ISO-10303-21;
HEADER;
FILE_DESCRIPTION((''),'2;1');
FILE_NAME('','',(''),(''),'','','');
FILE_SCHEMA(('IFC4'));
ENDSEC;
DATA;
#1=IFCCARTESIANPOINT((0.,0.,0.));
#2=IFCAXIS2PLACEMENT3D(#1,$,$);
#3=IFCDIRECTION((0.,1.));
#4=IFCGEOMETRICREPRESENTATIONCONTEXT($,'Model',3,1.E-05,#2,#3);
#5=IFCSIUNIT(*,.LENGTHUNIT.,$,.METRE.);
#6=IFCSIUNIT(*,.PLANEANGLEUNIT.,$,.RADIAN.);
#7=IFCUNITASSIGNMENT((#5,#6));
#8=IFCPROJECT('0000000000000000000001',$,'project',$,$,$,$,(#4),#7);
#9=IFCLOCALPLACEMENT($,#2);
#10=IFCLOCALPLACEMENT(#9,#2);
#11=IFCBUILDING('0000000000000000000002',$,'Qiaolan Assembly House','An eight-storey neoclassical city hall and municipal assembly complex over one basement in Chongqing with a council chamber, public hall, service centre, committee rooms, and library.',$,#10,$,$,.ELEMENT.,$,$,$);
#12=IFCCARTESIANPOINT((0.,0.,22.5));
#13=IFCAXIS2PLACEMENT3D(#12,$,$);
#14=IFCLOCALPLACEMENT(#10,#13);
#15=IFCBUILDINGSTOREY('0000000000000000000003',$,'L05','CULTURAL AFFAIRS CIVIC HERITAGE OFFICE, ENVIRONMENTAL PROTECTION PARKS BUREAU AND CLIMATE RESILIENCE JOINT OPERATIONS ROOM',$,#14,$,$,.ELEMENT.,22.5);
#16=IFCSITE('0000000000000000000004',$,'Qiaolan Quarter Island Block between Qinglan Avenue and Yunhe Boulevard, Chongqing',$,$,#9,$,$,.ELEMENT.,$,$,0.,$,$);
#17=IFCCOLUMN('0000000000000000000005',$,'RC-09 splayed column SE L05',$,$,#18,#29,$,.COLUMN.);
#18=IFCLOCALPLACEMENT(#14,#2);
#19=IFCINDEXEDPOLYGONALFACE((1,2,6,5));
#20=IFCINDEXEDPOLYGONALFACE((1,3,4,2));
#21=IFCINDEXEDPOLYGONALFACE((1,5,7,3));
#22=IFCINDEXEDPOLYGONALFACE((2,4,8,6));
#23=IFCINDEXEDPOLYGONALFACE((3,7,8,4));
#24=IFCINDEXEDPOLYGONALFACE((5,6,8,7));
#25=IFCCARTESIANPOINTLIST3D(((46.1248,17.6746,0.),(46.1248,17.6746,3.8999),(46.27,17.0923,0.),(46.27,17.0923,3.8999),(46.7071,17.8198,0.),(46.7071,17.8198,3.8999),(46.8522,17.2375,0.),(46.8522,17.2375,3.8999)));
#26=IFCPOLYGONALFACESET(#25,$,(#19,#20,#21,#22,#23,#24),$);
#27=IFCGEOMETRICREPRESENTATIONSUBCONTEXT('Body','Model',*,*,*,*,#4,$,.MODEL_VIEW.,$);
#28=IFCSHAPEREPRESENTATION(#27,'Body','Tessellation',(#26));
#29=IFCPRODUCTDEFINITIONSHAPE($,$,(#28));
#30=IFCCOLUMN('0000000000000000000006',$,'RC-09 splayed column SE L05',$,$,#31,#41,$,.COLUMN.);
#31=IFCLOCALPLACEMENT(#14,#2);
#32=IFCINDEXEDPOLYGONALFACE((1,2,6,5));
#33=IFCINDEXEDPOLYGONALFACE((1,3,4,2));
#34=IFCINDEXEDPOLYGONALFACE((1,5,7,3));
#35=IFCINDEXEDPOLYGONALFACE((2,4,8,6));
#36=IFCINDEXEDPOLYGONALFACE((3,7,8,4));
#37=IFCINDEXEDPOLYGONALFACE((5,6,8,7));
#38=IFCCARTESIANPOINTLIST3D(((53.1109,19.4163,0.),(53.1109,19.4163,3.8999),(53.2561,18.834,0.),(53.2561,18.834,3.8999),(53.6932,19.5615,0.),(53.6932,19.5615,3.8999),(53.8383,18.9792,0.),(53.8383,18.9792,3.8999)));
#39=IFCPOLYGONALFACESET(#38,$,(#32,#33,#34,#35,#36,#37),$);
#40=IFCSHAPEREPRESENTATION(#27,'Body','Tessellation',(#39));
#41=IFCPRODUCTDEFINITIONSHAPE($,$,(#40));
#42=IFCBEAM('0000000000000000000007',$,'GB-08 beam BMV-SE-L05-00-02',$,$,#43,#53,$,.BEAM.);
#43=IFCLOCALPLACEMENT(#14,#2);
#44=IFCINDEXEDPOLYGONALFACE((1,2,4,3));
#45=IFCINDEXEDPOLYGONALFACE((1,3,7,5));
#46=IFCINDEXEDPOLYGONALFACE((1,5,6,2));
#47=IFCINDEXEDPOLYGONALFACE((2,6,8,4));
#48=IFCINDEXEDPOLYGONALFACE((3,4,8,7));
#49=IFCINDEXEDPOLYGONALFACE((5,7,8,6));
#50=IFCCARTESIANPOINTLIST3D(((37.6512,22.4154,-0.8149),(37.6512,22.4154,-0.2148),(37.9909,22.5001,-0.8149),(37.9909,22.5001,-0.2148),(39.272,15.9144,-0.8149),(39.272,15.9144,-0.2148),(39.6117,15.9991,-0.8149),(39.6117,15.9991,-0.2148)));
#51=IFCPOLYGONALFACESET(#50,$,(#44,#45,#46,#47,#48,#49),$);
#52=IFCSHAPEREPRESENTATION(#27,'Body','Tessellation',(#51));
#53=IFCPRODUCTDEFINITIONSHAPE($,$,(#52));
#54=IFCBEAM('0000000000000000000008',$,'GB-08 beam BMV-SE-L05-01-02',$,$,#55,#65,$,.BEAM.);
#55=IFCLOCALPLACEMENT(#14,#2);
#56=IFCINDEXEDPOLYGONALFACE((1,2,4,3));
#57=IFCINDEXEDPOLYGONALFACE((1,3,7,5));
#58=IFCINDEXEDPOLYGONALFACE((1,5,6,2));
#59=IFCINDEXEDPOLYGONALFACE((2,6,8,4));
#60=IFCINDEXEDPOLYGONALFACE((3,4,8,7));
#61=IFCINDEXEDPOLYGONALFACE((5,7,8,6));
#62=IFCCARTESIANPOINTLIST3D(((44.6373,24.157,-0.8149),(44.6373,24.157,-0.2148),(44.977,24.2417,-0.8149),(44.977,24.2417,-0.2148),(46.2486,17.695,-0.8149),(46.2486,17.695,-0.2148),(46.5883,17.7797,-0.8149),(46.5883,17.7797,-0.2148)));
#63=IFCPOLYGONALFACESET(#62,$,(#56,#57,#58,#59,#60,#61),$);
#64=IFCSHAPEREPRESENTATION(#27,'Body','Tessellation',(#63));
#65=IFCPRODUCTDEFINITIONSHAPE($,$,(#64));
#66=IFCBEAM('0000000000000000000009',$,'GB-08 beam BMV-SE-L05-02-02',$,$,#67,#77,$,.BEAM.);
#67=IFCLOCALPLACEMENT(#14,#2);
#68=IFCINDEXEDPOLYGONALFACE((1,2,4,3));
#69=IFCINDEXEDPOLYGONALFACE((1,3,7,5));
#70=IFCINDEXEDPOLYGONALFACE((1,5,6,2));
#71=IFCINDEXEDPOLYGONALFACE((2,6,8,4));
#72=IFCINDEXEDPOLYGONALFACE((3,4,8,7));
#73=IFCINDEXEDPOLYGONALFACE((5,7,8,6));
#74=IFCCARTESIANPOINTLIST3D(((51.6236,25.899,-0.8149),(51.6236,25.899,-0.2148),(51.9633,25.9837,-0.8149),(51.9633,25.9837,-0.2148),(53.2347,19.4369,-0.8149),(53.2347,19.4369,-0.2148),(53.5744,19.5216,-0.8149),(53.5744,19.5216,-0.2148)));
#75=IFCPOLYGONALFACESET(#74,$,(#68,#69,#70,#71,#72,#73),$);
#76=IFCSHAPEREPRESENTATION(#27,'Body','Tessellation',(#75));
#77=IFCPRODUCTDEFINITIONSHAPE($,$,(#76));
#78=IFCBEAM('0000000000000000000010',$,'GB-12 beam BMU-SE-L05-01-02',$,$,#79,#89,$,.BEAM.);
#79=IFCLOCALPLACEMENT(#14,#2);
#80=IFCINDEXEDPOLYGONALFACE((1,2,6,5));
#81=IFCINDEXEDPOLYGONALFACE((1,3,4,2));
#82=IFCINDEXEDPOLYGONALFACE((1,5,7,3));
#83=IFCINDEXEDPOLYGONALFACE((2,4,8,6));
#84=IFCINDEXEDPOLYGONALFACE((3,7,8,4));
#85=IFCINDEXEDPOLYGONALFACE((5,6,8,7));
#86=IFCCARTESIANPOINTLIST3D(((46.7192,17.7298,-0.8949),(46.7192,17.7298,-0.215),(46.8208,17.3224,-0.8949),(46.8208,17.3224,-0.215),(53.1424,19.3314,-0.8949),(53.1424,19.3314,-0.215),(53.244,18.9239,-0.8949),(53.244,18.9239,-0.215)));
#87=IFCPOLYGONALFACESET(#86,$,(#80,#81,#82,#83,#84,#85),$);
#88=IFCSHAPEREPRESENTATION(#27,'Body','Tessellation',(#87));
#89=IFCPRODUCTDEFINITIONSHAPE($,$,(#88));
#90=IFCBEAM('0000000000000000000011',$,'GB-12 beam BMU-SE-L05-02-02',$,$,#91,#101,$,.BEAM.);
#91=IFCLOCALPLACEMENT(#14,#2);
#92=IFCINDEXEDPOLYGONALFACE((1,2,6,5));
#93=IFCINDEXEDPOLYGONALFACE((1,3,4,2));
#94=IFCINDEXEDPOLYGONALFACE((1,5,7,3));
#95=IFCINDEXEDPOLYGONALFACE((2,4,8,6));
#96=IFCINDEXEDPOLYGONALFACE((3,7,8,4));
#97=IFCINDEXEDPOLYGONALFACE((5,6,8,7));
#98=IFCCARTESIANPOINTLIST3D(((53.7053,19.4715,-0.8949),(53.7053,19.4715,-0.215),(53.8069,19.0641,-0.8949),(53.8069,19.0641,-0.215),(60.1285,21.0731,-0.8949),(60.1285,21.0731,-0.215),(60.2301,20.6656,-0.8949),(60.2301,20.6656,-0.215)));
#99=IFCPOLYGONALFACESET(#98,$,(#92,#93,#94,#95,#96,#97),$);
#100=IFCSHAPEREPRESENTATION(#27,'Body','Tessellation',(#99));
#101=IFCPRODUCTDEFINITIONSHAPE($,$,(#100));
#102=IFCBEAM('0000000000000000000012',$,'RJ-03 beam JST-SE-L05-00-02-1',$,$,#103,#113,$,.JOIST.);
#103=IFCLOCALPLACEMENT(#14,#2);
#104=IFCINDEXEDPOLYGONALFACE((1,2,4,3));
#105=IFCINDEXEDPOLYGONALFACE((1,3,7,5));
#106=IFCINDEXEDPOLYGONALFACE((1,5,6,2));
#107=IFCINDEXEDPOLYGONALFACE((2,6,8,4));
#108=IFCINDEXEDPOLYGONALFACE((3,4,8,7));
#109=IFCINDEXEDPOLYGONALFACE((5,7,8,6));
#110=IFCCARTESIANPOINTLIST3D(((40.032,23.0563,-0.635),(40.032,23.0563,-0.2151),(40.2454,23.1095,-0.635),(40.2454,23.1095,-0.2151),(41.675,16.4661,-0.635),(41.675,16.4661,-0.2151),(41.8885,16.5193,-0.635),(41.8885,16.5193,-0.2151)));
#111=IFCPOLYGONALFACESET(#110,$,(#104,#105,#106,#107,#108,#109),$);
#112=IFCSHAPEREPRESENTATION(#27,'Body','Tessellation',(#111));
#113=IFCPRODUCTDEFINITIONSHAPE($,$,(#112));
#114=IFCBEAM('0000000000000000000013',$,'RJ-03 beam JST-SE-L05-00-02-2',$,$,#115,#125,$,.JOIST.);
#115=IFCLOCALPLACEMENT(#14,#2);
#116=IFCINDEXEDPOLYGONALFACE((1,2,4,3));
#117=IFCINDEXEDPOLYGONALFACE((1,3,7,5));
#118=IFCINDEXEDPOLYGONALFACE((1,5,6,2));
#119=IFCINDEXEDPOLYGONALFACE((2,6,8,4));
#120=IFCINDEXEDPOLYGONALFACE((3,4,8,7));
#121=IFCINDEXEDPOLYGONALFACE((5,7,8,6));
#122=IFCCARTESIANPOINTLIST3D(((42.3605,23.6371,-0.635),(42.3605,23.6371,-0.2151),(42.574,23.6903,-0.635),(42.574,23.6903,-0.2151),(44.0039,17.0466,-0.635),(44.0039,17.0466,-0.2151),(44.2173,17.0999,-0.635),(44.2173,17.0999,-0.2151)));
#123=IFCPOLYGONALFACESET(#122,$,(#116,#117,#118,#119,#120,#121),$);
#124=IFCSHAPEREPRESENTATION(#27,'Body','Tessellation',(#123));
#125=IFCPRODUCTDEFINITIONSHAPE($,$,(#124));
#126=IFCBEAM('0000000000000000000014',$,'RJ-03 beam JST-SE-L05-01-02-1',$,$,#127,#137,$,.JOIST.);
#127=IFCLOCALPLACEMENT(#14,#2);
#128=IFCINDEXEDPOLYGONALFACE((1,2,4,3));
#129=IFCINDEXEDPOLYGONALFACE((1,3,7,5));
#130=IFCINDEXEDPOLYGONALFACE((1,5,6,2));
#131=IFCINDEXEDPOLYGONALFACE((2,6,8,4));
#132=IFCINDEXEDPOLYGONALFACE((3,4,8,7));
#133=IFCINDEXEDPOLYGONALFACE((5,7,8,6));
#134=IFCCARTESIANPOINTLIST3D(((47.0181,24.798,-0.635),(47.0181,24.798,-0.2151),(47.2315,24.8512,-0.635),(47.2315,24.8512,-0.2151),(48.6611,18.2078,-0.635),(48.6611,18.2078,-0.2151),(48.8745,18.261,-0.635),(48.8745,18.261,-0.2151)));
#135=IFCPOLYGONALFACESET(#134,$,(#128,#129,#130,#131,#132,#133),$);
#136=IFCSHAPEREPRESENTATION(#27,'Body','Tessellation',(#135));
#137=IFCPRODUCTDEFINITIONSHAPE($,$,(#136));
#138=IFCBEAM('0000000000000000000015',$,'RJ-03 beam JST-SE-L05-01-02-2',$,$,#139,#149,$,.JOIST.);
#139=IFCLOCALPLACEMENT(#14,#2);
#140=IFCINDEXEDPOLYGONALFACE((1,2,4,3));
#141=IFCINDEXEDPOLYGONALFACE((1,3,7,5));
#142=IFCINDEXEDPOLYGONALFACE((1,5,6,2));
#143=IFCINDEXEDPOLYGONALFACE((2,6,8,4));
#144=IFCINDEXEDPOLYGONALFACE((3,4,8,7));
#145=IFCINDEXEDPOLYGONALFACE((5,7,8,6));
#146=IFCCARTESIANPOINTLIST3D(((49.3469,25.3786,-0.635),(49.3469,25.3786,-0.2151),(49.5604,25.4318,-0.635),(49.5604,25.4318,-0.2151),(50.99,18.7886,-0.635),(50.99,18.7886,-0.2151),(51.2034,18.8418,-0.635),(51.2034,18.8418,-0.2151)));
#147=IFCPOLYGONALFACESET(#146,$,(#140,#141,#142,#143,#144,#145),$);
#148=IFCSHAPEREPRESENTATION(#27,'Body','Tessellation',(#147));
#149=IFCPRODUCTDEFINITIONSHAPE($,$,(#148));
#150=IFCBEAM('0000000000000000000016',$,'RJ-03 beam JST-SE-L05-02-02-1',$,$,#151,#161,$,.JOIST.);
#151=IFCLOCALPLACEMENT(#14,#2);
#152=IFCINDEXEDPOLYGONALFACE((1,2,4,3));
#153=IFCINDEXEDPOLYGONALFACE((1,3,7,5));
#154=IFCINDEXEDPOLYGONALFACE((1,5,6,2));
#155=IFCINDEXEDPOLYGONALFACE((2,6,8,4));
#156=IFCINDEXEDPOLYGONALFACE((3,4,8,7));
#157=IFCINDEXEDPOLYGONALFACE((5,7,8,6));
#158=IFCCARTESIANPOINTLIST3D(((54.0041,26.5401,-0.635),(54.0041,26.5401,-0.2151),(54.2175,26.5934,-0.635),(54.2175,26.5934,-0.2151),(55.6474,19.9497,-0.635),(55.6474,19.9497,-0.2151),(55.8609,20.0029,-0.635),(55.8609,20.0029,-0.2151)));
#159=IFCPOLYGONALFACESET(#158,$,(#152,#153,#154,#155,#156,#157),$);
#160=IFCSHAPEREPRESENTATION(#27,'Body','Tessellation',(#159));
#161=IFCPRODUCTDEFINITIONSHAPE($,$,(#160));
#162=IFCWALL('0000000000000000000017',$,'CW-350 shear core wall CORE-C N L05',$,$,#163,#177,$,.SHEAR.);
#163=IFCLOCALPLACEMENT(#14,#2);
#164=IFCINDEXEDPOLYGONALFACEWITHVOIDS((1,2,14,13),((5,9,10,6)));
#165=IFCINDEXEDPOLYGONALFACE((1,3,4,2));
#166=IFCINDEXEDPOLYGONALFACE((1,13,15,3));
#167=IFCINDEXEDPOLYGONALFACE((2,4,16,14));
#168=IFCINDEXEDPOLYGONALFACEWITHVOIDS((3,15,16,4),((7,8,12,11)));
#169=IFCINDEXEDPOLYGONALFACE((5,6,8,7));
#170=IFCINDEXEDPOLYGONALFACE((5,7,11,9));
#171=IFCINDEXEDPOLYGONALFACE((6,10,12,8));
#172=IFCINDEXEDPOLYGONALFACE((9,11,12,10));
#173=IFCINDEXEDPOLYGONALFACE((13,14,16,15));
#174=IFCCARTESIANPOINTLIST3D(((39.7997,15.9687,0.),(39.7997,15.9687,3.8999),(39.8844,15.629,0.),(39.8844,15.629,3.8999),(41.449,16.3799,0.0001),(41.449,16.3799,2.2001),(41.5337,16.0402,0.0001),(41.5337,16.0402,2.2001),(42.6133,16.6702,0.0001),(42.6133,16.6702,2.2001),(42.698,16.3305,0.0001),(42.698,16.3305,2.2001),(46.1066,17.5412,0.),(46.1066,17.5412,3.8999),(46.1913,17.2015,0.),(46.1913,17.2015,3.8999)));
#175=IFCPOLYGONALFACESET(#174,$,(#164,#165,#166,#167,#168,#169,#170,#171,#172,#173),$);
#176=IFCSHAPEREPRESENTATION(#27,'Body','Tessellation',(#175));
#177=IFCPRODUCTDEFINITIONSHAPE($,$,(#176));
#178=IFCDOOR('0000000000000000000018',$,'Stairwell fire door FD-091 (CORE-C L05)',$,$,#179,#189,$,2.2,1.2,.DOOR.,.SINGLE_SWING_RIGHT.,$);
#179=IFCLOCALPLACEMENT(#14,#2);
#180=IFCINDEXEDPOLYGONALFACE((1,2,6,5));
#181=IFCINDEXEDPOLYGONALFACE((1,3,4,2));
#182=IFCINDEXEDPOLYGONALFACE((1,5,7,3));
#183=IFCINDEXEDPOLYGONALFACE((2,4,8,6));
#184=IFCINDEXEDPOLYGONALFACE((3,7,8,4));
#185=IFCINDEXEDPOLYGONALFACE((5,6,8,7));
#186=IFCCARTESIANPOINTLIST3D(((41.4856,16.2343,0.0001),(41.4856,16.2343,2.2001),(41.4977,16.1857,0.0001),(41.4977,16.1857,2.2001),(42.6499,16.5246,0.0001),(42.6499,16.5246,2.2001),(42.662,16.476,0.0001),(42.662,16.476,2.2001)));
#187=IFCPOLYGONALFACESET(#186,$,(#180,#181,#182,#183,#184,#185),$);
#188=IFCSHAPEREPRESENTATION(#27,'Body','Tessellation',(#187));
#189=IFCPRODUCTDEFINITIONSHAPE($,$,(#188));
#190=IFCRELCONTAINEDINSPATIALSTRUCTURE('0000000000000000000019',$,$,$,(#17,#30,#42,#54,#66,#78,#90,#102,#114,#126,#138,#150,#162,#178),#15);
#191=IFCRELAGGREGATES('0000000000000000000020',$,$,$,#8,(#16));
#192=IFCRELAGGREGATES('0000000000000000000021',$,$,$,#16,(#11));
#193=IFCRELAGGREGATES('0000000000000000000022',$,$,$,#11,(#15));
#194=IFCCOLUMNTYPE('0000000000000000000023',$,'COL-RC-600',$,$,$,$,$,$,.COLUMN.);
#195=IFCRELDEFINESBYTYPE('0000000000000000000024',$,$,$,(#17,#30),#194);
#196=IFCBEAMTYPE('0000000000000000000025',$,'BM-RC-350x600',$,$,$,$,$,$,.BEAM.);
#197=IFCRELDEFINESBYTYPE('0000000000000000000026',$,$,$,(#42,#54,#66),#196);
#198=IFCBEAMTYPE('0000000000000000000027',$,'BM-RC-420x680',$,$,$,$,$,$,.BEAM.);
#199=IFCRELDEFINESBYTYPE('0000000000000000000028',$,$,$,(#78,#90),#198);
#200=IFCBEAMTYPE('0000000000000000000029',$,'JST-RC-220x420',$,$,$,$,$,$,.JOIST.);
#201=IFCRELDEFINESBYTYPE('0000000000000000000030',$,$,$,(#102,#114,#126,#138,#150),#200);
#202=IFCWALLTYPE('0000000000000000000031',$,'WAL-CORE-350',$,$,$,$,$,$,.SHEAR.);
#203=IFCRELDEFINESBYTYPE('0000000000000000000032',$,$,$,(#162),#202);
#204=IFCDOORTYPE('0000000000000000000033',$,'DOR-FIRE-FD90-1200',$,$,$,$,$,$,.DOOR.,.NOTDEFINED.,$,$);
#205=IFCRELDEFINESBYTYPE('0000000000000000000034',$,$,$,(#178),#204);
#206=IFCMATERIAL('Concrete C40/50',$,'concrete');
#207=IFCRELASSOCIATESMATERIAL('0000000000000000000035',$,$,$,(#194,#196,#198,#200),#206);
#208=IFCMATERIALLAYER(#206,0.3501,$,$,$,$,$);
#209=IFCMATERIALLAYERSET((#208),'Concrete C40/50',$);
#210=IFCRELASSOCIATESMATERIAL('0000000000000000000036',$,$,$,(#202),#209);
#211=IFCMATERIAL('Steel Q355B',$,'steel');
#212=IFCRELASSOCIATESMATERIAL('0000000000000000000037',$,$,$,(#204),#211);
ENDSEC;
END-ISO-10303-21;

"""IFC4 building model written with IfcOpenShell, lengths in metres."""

from ifc_helpers import new_model, si_unit, direction, frame, frame_2d, origin, origin_2d, place, context, subcontext, project, spatial, rectangle, extrude, material, layer, layer_set, material_profile, profile_set, type_object, element, fill, save


model = new_model("IFC4")

# Units and contexts
model_context = context("Model", 3, precision=1e-05, world=origin(), true_north=direction((0.0, 1.0)))
body_context = subcontext(model_context, "Body", "Model", "MODEL_VIEW")
ifc_project = project(units=[si_unit("LENGTHUNIT", "METRE"), si_unit("PLANEANGLEUNIT", "RADIAN")], contexts=[model_context])

# Site, building, storey
site_placement = place(None, origin())
site = spatial("IfcSite", under=ifc_project, at=site_placement, Name="Qiaolan Quarter Island Block between Qinglan Avenue and Yunhe Boulevard, Chongqing", CompositionType="ELEMENT", RefElevation=0.0)
building_placement = place(site_placement, origin())
building = spatial("IfcBuilding", under=site, at=building_placement, Name="Qiaolan Assembly House", Description="An eight-storey neoclassical city hall and municipal assembly complex over one basement in Chongqing with a council chamber, public hall, service centre, committee rooms, and library.", CompositionType="ELEMENT")
storey_placement = place(building_placement, frame((0.0, 0.0, 22.5)))
storey = spatial("IfcBuildingStorey", under=building, at=storey_placement, Name="L05", Description="CULTURAL AFFAIRS CIVIC HERITAGE OFFICE, ENVIRONMENTAL PROTECTION PARKS BUREAU AND CLIMATE RESILIENCE JOINT OPERATIONS ROOM", CompositionType="ELEMENT", Elevation=22.5)

# Columns
ifc_material_1 = material(Name="Concrete C40/50", Category="concrete")
ifc_material_profile_1 = material_profile(ifc_material_1, rectangle(XDim=0.6001, YDim=0.6001, at=origin_2d()), Name="RC 600x600")
ifc_profile_set_1 = profile_set([ifc_material_profile_1], Name="Concrete C40/50")
column_type = type_object("IfcColumnType", Name="COL-RC-600", PredefinedType="COLUMN", material=ifc_profile_set_1)
for number, where, z_axis, x_axis, name in (
    (1, (46.4885, 17.4561, 0.0), (0.0, 0.0, 1.0), (0.970296, 0.241922, 0.0), "RC-09 splayed column SE L05"),
    (2, (53.4746, 19.1978, 0.0), (0.0, 0.0, 1.0), (0.970296, 0.241922, 0.0), "RC-09 splayed column SE L05"),
):
    element("IfcColumn", number, at=place(storey_placement, frame(where, z_axis=z_axis, x_axis=x_axis)), inside=storey, type_object=column_type, Name=name, PredefinedType="COLUMN", context=body_context, shape_type="SweptSolid", body=[
        extrude(rectangle(XDim=0.6001, YDim=0.6001, at=origin_2d()), origin(), (0.0, 0.0, 1.0), 3.8999),
    ])

# Beams
ifc_material_profile_2 = material_profile(ifc_material_1, rectangle(XDim=0.3501, YDim=0.6001, at=origin_2d()), Name="RCB 350x600")
ifc_profile_set_2 = profile_set([ifc_material_profile_2], Name="Concrete C40/50")
beam_type_1 = type_object("IfcBeamType", Name="BM-RC-350x600", PredefinedType="BEAM", material=ifc_profile_set_2)
beam_1_placement = place(storey_placement, frame((39.4419, 15.9568, -0.5149), z_axis=(-0.241918, 0.970297, 0.0), x_axis=(-0.970297, -0.241918, 0.0)))
element("IfcBeam", 3, at=beam_1_placement, inside=storey, type_object=beam_type_1, Name="GB-08 beam BMV-SE-L05-00-02", PredefinedType="BEAM", context=body_context, shape_type="SweptSolid", body=[
    extrude(rectangle(XDim=0.3501, YDim=0.6001, at=origin_2d()), origin(), (0.0, 0.0, 1.0), 6.7),
])
for number, where, z_axis, x_axis, name in (
    (4, (46.4185, 17.7373, -0.5149), (-0.24194, 0.970291, 0.0), (-0.970291, -0.24194, 0.0), "GB-08 beam BMV-SE-L05-01-02"),
    (5, (53.4045, 19.4792, -0.5149), (-0.241906, 0.9703, 0.0), (-0.9703, -0.241906, 0.0), "GB-08 beam BMV-SE-L05-02-02"),
):
    element("IfcBeam", number, at=place(storey_placement, frame(where, z_axis=z_axis, x_axis=x_axis)), inside=storey, type_object=beam_type_1, Name=name, PredefinedType="BEAM", context=body_context, shape_type="SweptSolid", body=[
        extrude(rectangle(XDim=0.3501, YDim=0.6001, at=origin_2d()), origin(), (0.0, 0.0, 1.0), 6.6599),
    ])
ifc_material_profile_3 = material_profile(ifc_material_1, rectangle(XDim=0.4199, YDim=0.6799, at=origin_2d()), Name="RCB 420x680")
ifc_profile_set_3 = profile_set([ifc_material_profile_3], Name="Concrete C40/50")
beam_type_2 = type_object("IfcBeamType", Name="BM-RC-420x680", PredefinedType="BEAM", material=ifc_profile_set_3)
for number, where, z_axis, x_axis, name in (
    (6, (46.77, 17.5261, -0.5549), (0.970294, 0.241928, 0.0), (-0.241928, 0.970294, 0.0), "GB-12 beam BMU-SE-L05-01-02"),
    (7, (53.7561, 19.2678, -0.5549), (0.970294, 0.241928, 0.0), (-0.241928, 0.970294, 0.0), "GB-12 beam BMU-SE-L05-02-02"),
):
    element("IfcBeam", number, at=place(storey_placement, frame(where, z_axis=z_axis, x_axis=x_axis)), inside=storey, type_object=beam_type_2, Name=name, PredefinedType="BEAM", context=body_context, shape_type="SweptSolid", body=[
        extrude(rectangle(XDim=0.4199, YDim=0.6799, at=origin_2d()), origin(), (0.0, 0.0, 1.0), 6.6199),
    ])
ifc_material_profile_4 = material_profile(ifc_material_1, rectangle(XDim=0.22, YDim=0.4199, at=origin_2d()), Name="RCB 220x420")
ifc_profile_set_4 = profile_set([ifc_material_profile_4], Name="Concrete C40/50")
beam_type_3 = type_object("IfcBeamType", Name="JST-RC-220x420", PredefinedType="JOIST", material=ifc_profile_set_4)
beam_2_placement = place(storey_placement, frame((41.7817, 16.4927, -0.425), z_axis=(-0.24191, 0.970299, 0.0), x_axis=(-0.970299, -0.24191, 0.0)))
element("IfcBeam", 8, at=beam_2_placement, inside=storey, type_object=beam_type_3, Name="RJ-03 beam JST-SE-L05-00-02-1", PredefinedType="JOIST", context=body_context, shape_type="SweptSolid", body=[
    extrude(rectangle(XDim=0.22, YDim=0.4199, at=origin_2d()), origin(), (0.0, 0.0, 1.0), 6.792),
])
beam_3_placement = place(storey_placement, frame((44.1106, 17.0732, -0.425), z_axis=(-0.241944, 0.97029, 0.0), x_axis=(-0.97029, -0.241944, 0.0)))
element("IfcBeam", 9, at=beam_3_placement, inside=storey, type_object=beam_type_3, Name="RJ-03 beam JST-SE-L05-00-02-2", PredefinedType="JOIST", context=body_context, shape_type="SweptSolid", body=[
    extrude(rectangle(XDim=0.22, YDim=0.4199, at=origin_2d()), origin(), (0.0, 0.0, 1.0), 6.7922),
])
beam_4_placement = place(storey_placement, frame((48.7678, 18.2344, -0.425), z_axis=(-0.24191, 0.970299, 0.0), x_axis=(-0.970299, -0.24191, 0.0)))
element("IfcBeam", 10, at=beam_4_placement, inside=storey, type_object=beam_type_3, Name="RJ-03 beam JST-SE-L05-01-02-1", PredefinedType="JOIST", context=body_context, shape_type="SweptSolid", body=[
    extrude(rectangle(XDim=0.22, YDim=0.4199, at=origin_2d()), origin(), (0.0, 0.0, 1.0), 6.792),
])
beam_5_placement = place(storey_placement, frame((51.0967, 18.8152, -0.425), z_axis=(-0.241918, 0.970297, 0.0), x_axis=(-0.970297, -0.241918, 0.0)))
element("IfcBeam", 11, at=beam_5_placement, inside=storey, type_object=beam_type_3, Name="RJ-03 beam JST-SE-L05-01-02-2", PredefinedType="JOIST", context=body_context, shape_type="SweptSolid", body=[
    extrude(rectangle(XDim=0.22, YDim=0.4199, at=origin_2d()), origin(), (0.0, 0.0, 1.0), 6.7917),
])
beam_6_placement = place(storey_placement, frame((55.7542, 19.9763, -0.425), z_axis=(-0.241944, 0.97029, 0.0), x_axis=(-0.97029, -0.241944, 0.0)))
element("IfcBeam", 12, at=beam_6_placement, inside=storey, type_object=beam_type_3, Name="RJ-03 beam JST-SE-L05-02-02-1", PredefinedType="JOIST", context=body_context, shape_type="SweptSolid", body=[
    extrude(rectangle(XDim=0.22, YDim=0.4199, at=origin_2d()), origin(), (0.0, 0.0, 1.0), 6.7922),
])

# Wall, opening, door
ifc_layer_1 = layer(ifc_material_1, 0.3501)
ifc_layer_set_1 = layer_set([ifc_layer_1], Name="Concrete C40/50")
wall_type_1 = type_object("IfcWallType", Name="WAL-CORE-350", PredefinedType="SHEAR", material=ifc_layer_set_1)
wall_1_placement = place(storey_placement, frame((46.1489, 17.3713, 0.0), z_axis=(0.0, 0.0, 1.0), x_axis=(-0.970295, -0.241926, 0.0)))
wall_1 = element("IfcWall", 13, at=wall_1_placement, inside=storey, type_object=wall_type_1, Name="CW-350 shear core wall CORE-C N L05", PredefinedType="SHEAR", context=body_context, shape_type="SweptSolid", body=[
    extrude(rectangle(XDim=6.5, YDim=0.3501, at=frame_2d((3.25, 0.0))), origin(), (0.0, 0.0, 1.0), 3.8999),
])
opening_1_placement = place(wall_1_placement, frame((3.6001, 0.0, 0.0)))
opening_1 = element("IfcOpeningElement", 14, at=opening_1_placement, cuts=wall_1, PredefinedType="OPENING", context=body_context, shape_type="SweptSolid", body=[
    extrude(rectangle(XDim=1.2, YDim=2.2, at=frame_2d((0.6001, 1.1001))), frame((0.0, 0.1851, 0.0), z_axis=(0.0, -1.0, 0.0), x_axis=(1.0, 0.0, 0.0)), (0.0, 0.0, 1.0), 0.3701),
])
ifc_material_2 = material(Name="Steel Q355B", Category="steel")
door_type_1 = type_object("IfcDoorType", Name="DOR-FIRE-FD90-1200", OperationType="NOTDEFINED", PredefinedType="DOOR", material=ifc_material_2)
door_1_placement = place(opening_1_placement, frame((1.2, 0.0, 0.0), z_axis=(0.0, 0.0, 1.0), x_axis=(-1.0, 0.0, 0.0)))
door_1 = element("IfcDoor", 15, at=door_1_placement, inside=storey, type_object=door_type_1, Name="Stairwell fire door FD-091 (CORE-C L05)", OperationType="SINGLE_SWING_RIGHT", OverallHeight=2.2, OverallWidth=1.2, PredefinedType="DOOR", context=body_context, shape_type="SweptSolid", body=[
    extrude(rectangle(XDim=1.2, YDim=2.2, at=frame_2d((0.6001, 1.1001))), frame((0.0, 0.0249, 0.0), z_axis=(0.0, -1.0, 0.0), x_axis=(1.0, 0.0, 0.0)), (0.0, 0.0, 1.0), 0.05),
])
fill(opening_1, door_1)

save(model, "model.ifc")
